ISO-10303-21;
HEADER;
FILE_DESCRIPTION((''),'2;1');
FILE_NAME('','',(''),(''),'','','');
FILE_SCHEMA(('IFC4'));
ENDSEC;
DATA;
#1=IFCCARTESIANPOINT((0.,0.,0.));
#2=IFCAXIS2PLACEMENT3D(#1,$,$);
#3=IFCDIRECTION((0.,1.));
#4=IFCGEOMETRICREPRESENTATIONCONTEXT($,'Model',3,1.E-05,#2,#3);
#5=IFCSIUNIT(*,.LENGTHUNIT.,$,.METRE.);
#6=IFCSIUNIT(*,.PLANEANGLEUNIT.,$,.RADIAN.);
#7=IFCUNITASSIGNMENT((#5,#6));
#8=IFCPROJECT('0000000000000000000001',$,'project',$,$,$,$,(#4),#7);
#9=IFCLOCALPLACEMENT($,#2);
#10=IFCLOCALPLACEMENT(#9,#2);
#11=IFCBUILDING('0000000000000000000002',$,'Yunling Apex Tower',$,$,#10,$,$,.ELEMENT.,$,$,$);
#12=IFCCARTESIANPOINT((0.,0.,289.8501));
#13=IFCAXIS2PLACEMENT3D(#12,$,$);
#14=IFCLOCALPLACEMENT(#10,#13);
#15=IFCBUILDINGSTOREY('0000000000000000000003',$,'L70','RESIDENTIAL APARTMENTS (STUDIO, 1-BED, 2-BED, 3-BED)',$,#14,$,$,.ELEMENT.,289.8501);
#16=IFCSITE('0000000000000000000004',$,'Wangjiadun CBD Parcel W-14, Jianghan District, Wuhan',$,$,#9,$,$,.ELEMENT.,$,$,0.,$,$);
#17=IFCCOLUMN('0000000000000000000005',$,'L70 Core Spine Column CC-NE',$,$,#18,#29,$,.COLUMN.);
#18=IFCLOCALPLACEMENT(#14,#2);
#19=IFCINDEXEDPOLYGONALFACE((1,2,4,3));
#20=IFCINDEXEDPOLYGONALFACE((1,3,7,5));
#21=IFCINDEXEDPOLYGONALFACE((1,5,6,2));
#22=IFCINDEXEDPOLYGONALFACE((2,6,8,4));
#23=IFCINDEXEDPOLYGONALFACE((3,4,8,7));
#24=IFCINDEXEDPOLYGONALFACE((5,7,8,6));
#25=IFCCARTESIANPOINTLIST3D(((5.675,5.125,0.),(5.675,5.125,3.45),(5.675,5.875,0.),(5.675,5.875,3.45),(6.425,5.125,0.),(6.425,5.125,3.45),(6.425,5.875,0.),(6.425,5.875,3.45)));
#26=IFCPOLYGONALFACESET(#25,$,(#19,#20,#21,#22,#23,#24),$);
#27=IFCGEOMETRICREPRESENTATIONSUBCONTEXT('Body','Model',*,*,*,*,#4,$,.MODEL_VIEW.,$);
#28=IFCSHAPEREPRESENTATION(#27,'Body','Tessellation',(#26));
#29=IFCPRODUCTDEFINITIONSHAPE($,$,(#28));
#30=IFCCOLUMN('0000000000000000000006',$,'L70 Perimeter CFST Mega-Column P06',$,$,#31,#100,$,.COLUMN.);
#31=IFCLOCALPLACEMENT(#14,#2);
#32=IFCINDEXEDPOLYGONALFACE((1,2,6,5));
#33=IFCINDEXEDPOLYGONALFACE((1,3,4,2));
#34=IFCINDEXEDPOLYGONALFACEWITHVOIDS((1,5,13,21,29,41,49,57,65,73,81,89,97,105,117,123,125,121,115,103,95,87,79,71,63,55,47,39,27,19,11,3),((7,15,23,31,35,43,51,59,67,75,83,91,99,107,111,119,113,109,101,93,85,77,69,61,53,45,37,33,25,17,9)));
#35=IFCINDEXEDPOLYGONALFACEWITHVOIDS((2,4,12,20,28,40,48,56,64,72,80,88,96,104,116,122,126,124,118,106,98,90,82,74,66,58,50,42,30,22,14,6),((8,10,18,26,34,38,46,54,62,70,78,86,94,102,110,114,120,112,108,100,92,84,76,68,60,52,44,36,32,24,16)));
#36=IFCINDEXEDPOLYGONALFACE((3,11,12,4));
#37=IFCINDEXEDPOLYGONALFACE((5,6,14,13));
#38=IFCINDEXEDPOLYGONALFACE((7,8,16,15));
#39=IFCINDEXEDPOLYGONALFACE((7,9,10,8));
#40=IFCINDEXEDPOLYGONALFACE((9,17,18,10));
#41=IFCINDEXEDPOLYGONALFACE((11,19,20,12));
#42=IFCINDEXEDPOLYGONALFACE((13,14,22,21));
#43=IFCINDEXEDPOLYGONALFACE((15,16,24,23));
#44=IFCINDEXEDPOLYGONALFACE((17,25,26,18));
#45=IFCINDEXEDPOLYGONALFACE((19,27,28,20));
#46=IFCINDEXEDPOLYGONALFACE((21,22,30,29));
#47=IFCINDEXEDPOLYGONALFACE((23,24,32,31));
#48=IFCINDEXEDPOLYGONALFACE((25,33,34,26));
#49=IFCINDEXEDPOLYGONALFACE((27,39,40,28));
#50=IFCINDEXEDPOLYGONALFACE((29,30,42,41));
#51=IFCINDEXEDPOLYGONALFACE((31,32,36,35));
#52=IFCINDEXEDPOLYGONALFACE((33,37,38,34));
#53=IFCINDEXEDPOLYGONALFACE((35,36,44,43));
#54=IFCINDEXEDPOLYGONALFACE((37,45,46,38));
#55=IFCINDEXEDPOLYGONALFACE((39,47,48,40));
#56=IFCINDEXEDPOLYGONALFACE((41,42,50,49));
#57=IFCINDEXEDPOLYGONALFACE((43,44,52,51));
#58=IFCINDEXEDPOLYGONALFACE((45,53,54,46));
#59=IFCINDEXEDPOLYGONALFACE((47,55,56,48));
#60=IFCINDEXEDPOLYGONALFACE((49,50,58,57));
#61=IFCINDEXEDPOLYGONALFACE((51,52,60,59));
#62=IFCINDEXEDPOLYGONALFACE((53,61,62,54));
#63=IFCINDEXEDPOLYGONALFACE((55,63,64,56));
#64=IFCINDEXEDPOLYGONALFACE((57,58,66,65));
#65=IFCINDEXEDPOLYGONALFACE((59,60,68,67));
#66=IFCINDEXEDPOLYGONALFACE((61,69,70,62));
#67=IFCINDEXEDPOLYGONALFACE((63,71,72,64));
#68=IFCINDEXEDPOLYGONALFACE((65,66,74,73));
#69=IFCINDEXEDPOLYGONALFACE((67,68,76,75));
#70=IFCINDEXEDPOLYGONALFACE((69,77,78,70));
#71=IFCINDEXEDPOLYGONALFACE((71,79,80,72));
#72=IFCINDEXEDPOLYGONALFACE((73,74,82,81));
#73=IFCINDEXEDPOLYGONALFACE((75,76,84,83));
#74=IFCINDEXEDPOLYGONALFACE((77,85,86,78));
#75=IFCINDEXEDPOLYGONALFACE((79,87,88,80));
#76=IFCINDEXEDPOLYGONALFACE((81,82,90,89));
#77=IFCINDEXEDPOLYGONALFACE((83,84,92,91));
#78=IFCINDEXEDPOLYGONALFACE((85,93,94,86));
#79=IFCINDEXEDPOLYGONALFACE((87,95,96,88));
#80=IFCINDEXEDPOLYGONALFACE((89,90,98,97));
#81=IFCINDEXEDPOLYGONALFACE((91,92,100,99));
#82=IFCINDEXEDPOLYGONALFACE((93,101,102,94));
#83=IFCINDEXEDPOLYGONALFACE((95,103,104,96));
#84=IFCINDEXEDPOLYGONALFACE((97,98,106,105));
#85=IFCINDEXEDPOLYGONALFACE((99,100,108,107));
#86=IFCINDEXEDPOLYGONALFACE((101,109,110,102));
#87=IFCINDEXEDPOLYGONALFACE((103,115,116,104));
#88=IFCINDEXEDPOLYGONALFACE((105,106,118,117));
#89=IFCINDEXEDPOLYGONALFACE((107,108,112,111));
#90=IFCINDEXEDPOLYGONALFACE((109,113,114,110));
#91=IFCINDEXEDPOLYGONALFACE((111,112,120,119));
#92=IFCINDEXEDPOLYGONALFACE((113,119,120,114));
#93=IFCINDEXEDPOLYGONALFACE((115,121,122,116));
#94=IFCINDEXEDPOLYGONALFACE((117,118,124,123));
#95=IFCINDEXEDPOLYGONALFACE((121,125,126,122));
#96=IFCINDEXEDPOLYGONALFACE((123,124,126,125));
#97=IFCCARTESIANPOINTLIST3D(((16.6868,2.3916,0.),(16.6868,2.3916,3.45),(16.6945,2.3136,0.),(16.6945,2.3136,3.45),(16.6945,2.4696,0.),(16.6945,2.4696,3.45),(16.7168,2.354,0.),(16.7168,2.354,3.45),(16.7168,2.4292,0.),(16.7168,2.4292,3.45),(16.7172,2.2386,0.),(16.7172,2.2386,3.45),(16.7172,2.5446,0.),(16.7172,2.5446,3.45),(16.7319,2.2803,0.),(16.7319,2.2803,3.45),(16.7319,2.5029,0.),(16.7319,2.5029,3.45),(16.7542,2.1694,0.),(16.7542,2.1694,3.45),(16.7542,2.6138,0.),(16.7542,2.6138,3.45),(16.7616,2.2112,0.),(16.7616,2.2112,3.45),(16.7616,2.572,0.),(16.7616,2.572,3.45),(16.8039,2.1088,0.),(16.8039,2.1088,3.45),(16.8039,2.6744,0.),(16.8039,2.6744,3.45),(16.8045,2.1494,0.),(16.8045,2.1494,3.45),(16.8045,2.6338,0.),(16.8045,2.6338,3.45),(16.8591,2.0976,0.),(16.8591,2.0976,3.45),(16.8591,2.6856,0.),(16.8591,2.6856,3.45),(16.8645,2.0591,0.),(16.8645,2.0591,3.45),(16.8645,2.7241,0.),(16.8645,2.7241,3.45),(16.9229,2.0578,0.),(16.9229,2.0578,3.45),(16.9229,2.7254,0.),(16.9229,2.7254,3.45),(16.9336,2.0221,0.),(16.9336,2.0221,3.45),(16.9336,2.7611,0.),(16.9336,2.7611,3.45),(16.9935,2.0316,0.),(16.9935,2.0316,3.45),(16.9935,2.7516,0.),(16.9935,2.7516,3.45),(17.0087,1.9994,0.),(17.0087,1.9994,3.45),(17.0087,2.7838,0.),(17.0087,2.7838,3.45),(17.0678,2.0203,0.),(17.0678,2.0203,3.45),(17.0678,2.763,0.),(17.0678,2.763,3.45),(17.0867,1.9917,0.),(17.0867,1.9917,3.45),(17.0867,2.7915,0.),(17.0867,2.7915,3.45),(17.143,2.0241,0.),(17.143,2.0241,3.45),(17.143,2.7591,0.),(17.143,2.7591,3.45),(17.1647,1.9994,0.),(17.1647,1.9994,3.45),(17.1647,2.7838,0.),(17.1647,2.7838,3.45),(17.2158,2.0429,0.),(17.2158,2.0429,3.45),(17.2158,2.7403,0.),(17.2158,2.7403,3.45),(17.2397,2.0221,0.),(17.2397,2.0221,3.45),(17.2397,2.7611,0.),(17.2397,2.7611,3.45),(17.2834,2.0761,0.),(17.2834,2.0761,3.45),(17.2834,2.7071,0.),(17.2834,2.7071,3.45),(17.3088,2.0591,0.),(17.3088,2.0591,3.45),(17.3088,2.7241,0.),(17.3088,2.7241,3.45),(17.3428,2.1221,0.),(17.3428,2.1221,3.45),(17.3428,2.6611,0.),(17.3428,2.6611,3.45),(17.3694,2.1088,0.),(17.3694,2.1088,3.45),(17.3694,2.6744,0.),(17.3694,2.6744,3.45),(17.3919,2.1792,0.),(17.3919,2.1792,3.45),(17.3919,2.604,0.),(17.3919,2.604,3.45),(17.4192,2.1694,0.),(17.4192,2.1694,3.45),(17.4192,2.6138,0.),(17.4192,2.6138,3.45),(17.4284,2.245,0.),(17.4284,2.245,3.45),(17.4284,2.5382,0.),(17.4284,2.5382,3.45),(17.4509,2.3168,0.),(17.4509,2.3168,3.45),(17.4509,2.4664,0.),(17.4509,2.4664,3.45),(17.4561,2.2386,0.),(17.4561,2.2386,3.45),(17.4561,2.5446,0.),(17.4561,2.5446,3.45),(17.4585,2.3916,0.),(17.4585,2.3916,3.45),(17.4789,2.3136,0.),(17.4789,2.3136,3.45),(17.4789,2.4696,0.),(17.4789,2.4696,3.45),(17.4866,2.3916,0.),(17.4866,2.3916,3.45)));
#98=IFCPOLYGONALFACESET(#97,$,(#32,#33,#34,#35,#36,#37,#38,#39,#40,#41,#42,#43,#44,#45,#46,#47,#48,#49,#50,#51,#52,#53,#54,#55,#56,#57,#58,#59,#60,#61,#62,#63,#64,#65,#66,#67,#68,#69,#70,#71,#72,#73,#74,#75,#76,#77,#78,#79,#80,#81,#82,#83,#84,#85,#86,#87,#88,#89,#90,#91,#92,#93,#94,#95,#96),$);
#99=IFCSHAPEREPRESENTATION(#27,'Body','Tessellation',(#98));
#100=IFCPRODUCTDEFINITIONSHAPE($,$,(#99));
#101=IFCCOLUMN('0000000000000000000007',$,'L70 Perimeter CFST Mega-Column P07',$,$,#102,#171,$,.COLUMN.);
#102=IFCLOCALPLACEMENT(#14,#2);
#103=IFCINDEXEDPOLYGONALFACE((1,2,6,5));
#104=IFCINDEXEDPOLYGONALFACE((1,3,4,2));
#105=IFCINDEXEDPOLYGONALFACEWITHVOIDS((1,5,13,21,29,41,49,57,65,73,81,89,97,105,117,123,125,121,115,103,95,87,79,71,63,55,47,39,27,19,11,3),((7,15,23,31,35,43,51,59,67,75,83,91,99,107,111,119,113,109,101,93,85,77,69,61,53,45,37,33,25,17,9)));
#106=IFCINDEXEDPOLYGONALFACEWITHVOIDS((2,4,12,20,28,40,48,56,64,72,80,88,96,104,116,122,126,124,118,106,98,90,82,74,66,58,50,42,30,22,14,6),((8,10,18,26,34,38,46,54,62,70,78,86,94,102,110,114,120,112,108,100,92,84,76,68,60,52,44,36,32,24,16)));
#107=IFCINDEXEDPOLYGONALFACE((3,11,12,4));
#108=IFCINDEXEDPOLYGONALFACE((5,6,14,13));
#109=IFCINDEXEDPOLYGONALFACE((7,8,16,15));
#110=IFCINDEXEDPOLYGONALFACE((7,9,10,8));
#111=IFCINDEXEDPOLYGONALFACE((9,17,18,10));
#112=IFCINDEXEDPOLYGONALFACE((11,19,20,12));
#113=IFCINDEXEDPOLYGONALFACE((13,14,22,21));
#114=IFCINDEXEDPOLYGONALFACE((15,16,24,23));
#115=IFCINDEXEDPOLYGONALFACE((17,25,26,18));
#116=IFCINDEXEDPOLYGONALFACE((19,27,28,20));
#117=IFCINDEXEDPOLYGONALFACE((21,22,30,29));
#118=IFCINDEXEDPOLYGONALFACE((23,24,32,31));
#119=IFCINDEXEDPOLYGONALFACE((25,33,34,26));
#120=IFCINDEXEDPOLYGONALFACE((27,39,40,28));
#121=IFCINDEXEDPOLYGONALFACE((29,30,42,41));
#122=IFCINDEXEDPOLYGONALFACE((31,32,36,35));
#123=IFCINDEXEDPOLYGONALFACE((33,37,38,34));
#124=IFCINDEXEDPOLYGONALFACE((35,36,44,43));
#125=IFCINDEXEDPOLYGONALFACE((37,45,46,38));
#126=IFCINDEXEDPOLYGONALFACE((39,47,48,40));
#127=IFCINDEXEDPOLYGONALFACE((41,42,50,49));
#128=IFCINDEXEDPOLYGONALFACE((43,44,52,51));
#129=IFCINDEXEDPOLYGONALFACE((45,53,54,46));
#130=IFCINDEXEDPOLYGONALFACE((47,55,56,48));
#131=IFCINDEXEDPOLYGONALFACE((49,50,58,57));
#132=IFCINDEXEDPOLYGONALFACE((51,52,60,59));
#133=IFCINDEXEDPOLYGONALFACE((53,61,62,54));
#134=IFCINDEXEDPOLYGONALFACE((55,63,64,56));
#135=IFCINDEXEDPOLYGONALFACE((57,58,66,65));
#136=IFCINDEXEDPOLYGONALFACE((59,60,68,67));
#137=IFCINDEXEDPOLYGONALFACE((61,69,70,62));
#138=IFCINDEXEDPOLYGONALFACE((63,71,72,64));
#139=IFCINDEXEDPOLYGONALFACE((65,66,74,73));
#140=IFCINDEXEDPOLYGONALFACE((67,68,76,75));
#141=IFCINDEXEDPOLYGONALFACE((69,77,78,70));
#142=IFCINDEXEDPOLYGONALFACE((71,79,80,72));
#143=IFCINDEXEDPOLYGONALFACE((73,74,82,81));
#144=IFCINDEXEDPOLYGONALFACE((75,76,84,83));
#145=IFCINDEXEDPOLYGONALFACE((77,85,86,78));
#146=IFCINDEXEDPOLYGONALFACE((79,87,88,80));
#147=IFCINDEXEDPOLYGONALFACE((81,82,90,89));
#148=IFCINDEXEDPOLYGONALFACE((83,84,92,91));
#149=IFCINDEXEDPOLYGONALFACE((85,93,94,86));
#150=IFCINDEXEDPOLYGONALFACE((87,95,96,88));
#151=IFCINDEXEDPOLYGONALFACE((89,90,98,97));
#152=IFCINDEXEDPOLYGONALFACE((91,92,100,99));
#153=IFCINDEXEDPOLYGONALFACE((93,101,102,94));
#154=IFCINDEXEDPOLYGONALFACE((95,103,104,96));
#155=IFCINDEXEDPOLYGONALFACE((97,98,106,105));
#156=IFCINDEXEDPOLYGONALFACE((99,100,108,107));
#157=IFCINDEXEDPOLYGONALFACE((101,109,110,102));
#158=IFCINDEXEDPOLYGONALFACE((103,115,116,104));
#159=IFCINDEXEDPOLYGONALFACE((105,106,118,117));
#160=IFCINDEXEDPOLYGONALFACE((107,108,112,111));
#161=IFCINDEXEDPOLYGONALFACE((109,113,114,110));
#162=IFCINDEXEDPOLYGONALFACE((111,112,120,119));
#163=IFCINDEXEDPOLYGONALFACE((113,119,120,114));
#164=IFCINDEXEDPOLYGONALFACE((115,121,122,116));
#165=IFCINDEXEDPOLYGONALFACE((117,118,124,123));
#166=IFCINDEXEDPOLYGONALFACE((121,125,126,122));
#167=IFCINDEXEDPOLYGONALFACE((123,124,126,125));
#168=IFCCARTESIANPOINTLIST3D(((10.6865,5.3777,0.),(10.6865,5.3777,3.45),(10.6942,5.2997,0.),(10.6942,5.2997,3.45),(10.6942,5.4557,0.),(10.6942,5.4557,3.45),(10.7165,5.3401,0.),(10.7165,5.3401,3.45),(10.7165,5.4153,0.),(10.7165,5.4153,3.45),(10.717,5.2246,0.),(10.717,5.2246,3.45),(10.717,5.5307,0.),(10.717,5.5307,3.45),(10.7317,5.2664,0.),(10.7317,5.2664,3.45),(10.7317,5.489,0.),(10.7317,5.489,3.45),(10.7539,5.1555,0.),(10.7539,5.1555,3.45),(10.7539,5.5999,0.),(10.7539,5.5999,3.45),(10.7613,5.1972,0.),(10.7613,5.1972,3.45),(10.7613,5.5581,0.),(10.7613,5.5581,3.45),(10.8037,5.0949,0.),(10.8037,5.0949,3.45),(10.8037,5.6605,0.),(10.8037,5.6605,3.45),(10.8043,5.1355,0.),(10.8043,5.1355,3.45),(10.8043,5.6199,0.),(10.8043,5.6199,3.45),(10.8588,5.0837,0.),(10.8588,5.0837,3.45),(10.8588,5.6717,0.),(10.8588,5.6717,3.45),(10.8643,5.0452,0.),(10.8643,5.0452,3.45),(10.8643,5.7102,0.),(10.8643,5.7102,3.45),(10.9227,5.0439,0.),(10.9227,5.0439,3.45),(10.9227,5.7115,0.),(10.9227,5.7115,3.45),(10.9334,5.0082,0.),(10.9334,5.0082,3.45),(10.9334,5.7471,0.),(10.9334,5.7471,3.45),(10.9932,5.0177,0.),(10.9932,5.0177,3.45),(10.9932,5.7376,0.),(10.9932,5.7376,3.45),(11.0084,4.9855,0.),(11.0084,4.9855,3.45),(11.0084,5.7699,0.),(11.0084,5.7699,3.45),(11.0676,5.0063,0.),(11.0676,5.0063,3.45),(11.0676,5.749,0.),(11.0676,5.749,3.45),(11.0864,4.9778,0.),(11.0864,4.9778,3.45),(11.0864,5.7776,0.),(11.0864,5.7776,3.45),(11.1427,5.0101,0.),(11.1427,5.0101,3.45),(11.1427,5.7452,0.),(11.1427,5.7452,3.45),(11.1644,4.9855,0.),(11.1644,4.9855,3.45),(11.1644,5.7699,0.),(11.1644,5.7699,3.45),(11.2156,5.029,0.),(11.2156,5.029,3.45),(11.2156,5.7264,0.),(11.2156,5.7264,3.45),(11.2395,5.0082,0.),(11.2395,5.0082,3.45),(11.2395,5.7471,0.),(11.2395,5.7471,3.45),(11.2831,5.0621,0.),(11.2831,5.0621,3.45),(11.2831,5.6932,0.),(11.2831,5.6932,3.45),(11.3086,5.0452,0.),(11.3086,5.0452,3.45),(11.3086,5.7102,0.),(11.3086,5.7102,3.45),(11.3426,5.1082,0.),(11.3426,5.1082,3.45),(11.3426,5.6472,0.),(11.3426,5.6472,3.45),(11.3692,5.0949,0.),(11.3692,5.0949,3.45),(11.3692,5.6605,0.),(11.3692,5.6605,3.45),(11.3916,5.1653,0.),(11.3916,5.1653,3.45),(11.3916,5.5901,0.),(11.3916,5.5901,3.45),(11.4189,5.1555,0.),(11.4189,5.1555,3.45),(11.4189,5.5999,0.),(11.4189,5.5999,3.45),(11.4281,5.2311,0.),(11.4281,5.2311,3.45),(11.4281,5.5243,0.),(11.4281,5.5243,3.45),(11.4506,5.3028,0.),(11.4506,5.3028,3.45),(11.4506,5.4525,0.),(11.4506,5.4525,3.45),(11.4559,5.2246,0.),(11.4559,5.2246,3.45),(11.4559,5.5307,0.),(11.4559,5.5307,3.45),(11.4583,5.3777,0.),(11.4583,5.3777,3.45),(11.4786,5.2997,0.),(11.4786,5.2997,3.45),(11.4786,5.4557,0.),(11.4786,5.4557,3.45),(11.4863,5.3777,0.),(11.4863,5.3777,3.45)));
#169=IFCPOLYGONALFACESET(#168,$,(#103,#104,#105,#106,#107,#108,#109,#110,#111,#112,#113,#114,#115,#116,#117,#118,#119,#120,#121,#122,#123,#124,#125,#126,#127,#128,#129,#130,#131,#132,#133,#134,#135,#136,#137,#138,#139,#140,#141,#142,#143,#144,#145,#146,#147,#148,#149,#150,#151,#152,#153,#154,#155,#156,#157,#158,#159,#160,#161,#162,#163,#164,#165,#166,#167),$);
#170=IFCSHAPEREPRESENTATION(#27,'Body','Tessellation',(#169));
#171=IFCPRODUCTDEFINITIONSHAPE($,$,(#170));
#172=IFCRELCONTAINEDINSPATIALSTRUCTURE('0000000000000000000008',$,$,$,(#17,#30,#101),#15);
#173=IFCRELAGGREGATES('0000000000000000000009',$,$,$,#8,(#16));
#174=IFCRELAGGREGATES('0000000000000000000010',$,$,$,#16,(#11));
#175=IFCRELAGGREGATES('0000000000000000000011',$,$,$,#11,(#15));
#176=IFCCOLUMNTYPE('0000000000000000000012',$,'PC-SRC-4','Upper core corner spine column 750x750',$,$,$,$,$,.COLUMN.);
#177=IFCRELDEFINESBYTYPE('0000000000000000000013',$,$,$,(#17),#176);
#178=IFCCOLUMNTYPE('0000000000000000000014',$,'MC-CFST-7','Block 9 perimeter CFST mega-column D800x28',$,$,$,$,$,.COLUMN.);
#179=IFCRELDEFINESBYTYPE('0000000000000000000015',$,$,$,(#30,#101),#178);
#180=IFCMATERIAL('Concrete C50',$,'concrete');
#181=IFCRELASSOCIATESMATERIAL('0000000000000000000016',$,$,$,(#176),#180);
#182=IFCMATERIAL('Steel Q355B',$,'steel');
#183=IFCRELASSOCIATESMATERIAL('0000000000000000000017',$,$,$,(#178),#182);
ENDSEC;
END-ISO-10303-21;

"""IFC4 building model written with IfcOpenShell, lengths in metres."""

from ifc_helpers import new_model, si_unit, direction, frame, origin, origin_2d, place, context, subcontext, project, spatial, rectangle, hollow_circle, extrude, source, transform, mapped, material, material_profile, profile_set, type_object, element, save


model = new_model("IFC4")

# Units and contexts
model_context = context("Model", 3, precision=1e-05, world=origin(), true_north=direction((0.0, 1.0)))
body_context = subcontext(model_context, "Body", "Model", "MODEL_VIEW")
ifc_project = project(units=[si_unit("LENGTHUNIT", "METRE"), si_unit("PLANEANGLEUNIT", "RADIAN")], contexts=[model_context])

# Site, building, storey
site_placement = place(None, origin())
site = spatial("IfcSite", under=ifc_project, at=site_placement, Name="Wangjiadun CBD Parcel W-14, Jianghan District, Wuhan", CompositionType="ELEMENT", RefElevation=0.0)
building_placement = place(site_placement, origin())
building = spatial("IfcBuilding", under=site, at=building_placement, Name="Yunling Apex Tower", CompositionType="ELEMENT")
storey_placement = place(building_placement, frame((0.0, 0.0, 289.8501)))
storey = spatial("IfcBuildingStorey", under=building, at=storey_placement, Name="L70", Description="RESIDENTIAL APARTMENTS (STUDIO, 1-BED, 2-BED, 3-BED)", CompositionType="ELEMENT", Elevation=289.8501)

# Columns
ifc_material_1 = material(Name="Concrete C50", Category="concrete")
ifc_material_profile_1 = material_profile(ifc_material_1, rectangle(XDim=0.75, YDim=0.75, at=origin_2d()))
ifc_profile_set_1 = profile_set([ifc_material_profile_1], Name="Concrete C50")
column_type_1 = type_object("IfcColumnType", Name="PC-SRC-4", Description="Upper core corner spine column 750x750", PredefinedType="COLUMN", material=ifc_profile_set_1)
shared_shape_1 = source(origin(), body_context, "Body", "SweptSolid", [
    extrude(rectangle(XDim=0.75, YDim=0.75, at=origin_2d()), origin(), (0.0, 0.0, 1.0), 3.45),
])
column_placement = place(storey_placement, frame((6.05, 5.5, 0.0), z_axis=(0.0, 0.0, 1.0), x_axis=(1.0, 0.0, 0.0)))
element("IfcColumn", 1, at=column_placement, inside=storey, type_object=column_type_1, Name="L70 Core Spine Column CC-NE", PredefinedType="COLUMN", context=body_context, shape_type="MappedRepresentation", body=[
    mapped(shared_shape_1, transform((0.0, 0.0, 0.0), scale=1.0)),
])
ifc_material_2 = material(Name="Steel Q355B", Category="steel")
ifc_material_profile_2 = material_profile(ifc_material_2, hollow_circle(Radius=0.3999, WallThickness=0.0281, at=origin_2d()))
ifc_profile_set_2 = profile_set([ifc_material_profile_2], Name="Steel Q355B")
column_type_2 = type_object("IfcColumnType", Name="MC-CFST-7", Description="Block 9 perimeter CFST mega-column D800x28", PredefinedType="COLUMN", material=ifc_profile_set_2)
shared_shape_2 = source(origin(), body_context, "Body", "SweptSolid", [
    extrude(hollow_circle(Radius=0.3999, WallThickness=0.0281, at=origin_2d()), origin(), (0.0, 0.0, 1.0), 3.45),
])
for number, where, z_axis, x_axis, name in (
    (2, (17.0867, 2.3916, 0.0), (0.0, 0.0, 1.0), (1.0, 0.0, 0.0), "L70 Perimeter CFST Mega-Column P06"),
    (3, (11.0864, 5.3777, 0.0), (0.0, 0.0, 1.0), (1.0, 0.0, 0.0), "L70 Perimeter CFST Mega-Column P07"),
):
    element("IfcColumn", number, at=place(storey_placement, frame(where, z_axis=z_axis, x_axis=x_axis)), inside=storey, type_object=column_type_2, Name=name, PredefinedType="COLUMN", context=body_context, shape_type="MappedRepresentation", body=[
        mapped(shared_shape_2, transform((0.0, 0.0, 0.0), scale=1.0)),
    ])

save(model, "model.ifc")
